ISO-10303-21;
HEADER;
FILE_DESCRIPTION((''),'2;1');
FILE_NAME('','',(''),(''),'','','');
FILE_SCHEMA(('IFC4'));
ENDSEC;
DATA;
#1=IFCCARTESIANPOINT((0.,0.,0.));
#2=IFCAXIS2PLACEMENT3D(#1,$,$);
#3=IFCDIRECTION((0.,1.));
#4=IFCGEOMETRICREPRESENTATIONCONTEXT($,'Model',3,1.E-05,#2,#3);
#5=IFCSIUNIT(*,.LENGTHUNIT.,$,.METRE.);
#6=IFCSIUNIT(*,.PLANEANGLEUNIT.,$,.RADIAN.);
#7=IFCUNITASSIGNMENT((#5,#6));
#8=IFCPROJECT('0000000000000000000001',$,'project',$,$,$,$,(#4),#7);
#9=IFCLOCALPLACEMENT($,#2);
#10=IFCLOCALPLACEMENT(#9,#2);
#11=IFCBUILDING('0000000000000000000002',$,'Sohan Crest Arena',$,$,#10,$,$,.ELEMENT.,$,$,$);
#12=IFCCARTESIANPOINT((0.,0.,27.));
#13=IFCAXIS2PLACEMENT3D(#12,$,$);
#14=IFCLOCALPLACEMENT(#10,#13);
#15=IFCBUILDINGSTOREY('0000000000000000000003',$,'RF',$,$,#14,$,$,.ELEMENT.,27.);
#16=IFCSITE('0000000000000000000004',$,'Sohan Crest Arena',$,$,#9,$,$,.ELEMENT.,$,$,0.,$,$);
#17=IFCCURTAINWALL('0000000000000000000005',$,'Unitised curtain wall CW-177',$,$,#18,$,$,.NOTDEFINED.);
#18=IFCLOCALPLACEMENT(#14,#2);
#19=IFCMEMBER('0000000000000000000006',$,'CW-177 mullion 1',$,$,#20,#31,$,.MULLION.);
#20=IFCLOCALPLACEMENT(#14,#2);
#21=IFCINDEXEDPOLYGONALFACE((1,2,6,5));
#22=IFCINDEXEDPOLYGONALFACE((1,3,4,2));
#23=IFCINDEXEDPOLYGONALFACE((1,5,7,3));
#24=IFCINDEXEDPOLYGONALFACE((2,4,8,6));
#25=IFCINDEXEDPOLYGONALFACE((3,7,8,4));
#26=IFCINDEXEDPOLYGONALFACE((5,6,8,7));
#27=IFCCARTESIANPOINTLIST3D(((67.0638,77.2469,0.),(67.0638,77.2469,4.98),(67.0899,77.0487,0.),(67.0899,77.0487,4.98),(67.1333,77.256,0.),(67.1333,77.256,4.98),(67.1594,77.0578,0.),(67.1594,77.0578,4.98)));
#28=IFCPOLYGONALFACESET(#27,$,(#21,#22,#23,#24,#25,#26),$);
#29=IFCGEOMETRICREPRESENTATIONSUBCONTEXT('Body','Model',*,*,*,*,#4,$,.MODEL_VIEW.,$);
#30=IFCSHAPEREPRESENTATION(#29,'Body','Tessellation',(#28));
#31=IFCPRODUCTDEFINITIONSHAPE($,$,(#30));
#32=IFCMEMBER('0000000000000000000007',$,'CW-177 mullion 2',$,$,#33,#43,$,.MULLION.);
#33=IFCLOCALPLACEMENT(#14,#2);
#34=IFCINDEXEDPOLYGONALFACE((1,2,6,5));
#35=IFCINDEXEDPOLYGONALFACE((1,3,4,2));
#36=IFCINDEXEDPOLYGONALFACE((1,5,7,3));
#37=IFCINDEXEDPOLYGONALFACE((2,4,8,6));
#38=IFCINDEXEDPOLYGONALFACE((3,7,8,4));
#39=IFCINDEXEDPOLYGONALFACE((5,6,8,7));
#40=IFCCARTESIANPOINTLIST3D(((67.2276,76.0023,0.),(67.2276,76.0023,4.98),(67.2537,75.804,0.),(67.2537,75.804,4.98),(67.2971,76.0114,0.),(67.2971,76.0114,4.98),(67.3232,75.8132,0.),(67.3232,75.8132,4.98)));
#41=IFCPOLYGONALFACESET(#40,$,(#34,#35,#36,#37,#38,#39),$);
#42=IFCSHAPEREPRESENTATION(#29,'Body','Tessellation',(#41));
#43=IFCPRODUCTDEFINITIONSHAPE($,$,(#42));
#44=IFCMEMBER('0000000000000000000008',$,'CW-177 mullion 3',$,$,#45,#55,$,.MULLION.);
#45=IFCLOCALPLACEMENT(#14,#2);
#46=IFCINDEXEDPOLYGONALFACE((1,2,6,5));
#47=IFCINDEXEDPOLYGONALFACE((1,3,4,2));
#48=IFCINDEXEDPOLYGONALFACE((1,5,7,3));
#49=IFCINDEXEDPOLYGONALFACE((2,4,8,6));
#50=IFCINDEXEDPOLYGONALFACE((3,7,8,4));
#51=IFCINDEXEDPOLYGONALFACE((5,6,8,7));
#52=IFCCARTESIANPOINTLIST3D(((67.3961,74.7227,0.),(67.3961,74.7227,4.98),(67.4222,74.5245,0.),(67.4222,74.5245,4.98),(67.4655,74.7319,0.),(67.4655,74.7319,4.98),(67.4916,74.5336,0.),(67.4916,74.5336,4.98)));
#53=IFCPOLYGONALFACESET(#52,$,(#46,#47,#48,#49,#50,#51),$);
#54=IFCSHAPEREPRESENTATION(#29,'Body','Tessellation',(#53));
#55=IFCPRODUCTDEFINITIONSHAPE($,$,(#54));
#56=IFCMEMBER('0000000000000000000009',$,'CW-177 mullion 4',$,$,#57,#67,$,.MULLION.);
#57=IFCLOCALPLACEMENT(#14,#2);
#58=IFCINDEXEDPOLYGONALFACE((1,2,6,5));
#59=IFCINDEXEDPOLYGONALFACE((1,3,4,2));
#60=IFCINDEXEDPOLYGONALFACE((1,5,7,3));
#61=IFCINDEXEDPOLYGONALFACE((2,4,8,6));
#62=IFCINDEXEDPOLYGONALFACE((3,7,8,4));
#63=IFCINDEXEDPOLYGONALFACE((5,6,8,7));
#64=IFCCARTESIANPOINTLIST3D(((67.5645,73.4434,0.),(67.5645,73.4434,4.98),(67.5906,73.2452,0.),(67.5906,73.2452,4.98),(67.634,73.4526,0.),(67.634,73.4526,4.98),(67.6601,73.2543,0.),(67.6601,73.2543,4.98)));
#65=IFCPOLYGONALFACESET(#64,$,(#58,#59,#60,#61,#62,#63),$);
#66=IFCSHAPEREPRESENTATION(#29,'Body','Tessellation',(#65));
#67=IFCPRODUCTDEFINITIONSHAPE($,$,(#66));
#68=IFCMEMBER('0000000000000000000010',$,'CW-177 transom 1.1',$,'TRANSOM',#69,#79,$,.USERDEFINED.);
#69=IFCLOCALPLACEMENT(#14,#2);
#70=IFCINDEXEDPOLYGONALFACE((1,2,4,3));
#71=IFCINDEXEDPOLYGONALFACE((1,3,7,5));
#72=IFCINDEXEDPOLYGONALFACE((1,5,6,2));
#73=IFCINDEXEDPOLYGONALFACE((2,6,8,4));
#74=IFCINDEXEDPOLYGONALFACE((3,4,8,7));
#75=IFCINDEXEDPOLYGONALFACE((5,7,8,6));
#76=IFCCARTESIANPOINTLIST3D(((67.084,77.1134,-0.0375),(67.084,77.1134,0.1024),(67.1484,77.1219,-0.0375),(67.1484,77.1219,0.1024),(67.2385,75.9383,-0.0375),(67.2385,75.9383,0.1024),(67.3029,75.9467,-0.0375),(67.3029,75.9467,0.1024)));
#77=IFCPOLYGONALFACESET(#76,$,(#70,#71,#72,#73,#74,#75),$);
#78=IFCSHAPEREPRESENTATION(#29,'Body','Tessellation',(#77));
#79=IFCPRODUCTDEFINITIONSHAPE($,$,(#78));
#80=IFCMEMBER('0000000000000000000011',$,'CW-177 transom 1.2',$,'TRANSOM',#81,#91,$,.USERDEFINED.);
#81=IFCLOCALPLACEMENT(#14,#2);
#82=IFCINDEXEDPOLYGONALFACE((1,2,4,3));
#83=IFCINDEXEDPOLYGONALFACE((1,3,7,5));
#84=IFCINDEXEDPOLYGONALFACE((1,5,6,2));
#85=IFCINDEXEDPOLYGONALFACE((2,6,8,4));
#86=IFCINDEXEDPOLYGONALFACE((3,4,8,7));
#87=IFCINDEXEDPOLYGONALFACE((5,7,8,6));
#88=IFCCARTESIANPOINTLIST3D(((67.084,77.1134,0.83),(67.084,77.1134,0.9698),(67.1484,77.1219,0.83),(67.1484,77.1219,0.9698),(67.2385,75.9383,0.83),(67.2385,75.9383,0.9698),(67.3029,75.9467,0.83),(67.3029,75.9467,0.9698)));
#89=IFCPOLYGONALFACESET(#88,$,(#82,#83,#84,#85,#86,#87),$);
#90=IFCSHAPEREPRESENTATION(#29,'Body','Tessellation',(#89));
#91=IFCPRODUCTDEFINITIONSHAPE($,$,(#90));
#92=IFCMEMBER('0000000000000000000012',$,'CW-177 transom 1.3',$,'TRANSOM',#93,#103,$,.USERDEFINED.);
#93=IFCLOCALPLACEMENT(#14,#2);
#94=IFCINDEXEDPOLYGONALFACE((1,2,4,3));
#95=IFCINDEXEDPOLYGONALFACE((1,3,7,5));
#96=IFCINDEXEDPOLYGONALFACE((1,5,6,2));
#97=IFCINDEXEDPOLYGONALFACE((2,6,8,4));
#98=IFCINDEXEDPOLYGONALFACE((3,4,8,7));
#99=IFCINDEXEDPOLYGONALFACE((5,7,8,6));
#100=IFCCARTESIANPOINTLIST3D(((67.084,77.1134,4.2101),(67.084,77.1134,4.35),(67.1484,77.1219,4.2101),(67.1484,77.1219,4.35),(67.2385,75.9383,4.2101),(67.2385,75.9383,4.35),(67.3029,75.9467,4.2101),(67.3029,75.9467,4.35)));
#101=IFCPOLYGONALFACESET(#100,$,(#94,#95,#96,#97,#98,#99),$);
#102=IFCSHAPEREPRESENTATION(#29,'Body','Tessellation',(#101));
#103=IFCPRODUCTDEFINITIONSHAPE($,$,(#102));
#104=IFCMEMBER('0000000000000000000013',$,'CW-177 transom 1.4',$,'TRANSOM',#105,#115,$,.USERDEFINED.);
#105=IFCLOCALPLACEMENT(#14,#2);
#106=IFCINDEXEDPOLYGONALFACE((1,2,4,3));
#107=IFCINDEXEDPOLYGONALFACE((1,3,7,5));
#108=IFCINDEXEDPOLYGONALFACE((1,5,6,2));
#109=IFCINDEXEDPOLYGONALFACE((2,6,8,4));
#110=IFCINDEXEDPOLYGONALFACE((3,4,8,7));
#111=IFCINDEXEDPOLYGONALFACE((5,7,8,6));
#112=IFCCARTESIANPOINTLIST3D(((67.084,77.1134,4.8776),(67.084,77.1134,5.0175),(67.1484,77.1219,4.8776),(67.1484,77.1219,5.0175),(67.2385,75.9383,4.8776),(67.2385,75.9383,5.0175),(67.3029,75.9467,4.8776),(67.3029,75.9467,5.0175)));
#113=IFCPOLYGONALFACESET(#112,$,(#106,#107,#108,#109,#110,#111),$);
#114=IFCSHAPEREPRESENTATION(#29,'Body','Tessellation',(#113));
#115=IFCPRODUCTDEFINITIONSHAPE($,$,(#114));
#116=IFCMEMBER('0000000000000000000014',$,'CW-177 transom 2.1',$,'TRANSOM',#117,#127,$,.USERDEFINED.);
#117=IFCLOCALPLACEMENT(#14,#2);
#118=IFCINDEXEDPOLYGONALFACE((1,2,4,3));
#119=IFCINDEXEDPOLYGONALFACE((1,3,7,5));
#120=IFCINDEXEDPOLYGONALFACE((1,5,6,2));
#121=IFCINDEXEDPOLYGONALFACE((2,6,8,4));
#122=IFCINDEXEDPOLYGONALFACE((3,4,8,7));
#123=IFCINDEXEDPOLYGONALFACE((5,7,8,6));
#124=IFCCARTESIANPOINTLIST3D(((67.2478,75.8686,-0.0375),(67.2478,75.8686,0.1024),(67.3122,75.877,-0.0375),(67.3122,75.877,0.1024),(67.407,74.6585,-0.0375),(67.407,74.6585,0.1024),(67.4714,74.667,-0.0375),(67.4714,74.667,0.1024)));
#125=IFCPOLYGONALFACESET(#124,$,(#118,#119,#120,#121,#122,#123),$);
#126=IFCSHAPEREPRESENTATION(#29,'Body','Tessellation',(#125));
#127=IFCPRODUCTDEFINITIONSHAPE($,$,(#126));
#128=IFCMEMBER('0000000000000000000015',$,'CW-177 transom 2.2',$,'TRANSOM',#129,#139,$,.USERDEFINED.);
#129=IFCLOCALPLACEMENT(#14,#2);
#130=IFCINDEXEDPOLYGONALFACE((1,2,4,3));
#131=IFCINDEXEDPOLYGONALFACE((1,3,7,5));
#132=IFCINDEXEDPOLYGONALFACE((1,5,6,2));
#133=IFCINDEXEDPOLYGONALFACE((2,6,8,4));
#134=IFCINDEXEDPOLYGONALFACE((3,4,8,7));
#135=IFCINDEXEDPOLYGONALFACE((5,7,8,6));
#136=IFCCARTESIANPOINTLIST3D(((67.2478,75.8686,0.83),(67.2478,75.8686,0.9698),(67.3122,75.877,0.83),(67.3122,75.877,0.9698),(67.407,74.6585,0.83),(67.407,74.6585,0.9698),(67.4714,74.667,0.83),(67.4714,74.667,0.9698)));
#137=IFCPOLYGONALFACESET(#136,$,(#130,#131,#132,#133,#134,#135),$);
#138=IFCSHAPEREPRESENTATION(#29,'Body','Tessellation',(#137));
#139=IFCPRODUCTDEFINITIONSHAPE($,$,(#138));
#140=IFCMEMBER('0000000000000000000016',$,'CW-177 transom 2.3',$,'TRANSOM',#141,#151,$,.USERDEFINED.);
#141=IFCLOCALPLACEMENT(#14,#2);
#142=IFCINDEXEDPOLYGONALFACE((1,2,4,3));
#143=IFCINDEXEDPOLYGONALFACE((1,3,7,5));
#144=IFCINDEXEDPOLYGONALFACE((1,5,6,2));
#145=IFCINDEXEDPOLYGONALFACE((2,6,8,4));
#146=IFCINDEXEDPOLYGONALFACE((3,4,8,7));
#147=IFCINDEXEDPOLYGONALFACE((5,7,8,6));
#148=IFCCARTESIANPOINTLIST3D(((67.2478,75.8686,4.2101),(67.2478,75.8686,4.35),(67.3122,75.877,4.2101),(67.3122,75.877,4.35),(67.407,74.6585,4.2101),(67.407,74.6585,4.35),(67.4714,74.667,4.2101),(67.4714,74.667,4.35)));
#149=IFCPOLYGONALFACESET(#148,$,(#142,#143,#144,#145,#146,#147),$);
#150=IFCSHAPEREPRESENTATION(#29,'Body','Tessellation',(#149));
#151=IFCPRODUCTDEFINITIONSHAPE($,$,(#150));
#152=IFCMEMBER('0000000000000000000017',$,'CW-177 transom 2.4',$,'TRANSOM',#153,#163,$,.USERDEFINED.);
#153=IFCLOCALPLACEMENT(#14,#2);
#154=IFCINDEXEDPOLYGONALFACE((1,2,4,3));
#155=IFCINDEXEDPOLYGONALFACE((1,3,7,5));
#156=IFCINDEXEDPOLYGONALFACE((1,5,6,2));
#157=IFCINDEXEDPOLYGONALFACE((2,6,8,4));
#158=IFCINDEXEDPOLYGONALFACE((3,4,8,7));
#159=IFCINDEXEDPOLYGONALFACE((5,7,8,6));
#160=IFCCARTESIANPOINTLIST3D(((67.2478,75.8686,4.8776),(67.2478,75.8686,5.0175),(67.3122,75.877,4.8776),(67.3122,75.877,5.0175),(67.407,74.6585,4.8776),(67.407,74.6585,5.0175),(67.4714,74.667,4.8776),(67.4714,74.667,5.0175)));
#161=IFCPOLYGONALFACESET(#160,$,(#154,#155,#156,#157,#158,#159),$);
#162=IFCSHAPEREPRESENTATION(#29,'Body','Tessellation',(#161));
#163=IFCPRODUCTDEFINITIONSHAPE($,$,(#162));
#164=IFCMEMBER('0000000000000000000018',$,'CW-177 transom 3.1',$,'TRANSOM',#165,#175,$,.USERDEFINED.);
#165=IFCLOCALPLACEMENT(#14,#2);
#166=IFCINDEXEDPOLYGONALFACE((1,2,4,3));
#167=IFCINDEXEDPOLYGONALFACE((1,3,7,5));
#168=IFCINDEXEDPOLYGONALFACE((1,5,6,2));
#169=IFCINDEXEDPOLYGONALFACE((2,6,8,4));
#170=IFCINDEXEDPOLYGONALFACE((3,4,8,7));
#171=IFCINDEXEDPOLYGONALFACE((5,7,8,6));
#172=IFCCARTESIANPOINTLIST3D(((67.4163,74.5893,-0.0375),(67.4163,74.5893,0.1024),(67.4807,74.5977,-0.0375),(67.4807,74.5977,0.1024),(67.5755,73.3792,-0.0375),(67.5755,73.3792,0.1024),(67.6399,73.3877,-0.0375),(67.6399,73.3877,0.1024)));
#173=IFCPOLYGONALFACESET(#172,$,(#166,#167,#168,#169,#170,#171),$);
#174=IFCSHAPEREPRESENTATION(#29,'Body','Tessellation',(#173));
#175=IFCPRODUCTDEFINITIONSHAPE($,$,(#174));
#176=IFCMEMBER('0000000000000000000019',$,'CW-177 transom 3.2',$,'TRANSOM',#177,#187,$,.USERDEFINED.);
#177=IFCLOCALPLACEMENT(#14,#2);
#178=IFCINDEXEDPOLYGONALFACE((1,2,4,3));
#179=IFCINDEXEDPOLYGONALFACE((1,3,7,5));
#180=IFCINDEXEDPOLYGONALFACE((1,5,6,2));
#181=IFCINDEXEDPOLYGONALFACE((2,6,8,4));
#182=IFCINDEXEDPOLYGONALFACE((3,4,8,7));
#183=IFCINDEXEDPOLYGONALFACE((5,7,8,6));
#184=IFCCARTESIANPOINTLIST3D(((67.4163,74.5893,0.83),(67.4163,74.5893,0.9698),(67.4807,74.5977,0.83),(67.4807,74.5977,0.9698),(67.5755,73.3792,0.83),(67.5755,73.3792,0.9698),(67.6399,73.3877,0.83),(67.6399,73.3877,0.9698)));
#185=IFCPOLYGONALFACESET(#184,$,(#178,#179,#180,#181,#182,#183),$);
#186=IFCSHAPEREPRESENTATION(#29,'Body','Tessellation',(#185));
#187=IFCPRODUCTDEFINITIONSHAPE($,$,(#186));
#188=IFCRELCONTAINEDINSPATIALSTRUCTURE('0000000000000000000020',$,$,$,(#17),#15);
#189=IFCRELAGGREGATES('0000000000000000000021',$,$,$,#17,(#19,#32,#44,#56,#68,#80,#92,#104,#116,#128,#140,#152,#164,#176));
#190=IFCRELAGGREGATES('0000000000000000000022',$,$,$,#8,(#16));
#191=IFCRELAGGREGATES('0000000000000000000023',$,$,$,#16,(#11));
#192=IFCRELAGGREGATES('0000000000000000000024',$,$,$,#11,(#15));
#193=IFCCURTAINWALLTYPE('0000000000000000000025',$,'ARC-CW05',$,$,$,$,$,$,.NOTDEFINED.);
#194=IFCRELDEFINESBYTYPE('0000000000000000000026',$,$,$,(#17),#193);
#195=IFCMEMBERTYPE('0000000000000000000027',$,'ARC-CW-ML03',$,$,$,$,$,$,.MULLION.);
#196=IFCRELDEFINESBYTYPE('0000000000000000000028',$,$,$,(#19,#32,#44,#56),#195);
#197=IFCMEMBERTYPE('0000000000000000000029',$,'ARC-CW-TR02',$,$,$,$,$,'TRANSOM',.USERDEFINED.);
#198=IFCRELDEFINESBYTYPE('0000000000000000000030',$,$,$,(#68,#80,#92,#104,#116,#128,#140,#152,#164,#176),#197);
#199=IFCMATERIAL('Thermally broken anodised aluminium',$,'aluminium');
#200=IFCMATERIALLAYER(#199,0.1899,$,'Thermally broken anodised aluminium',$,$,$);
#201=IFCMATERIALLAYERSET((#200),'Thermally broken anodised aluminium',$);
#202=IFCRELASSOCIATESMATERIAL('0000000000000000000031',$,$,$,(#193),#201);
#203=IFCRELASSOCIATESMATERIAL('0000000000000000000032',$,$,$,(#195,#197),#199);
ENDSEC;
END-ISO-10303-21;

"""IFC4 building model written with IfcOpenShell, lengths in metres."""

from ifc_helpers import new_model, si_unit, direction, frame, origin, origin_2d, place, context, subcontext, project, spatial, rectangle, extrude, material, layer, layer_set, material_profile, profile_set, type_object, element, aggregate, save


model = new_model("IFC4")

# Units and contexts
model_context = context("Model", 3, precision=1e-05, world=origin(), true_north=direction((0.0, 1.0)))
body_context = subcontext(model_context, "Body", "Model", "MODEL_VIEW")
ifc_project = project(units=[si_unit("LENGTHUNIT", "METRE"), si_unit("PLANEANGLEUNIT", "RADIAN")], contexts=[model_context])

# Site, building, storey
site_placement = place(None, origin())
site = spatial("IfcSite", under=ifc_project, at=site_placement, Name="Sohan Crest Arena", CompositionType="ELEMENT", RefElevation=0.0)
building_placement = place(site_placement, origin())
building = spatial("IfcBuilding", under=site, at=building_placement, Name="Sohan Crest Arena", CompositionType="ELEMENT")
storey_placement = place(building_placement, frame((0.0, 0.0, 27.0)))
storey = spatial("IfcBuildingStorey", under=building, at=storey_placement, Name="RF", CompositionType="ELEMENT", Elevation=27.0)

# Curtain wall, members
ifc_material_1 = material(Name="Thermally broken anodised aluminium", Category="aluminium")
ifc_layer_1 = layer(ifc_material_1, 0.1899, Name="Thermally broken anodised aluminium")
ifc_layer_set_1 = layer_set([ifc_layer_1], Name="Thermally broken anodised aluminium")
curtain_wall_type = type_object("IfcCurtainWallType", Name="ARC-CW05", PredefinedType="NOTDEFINED", material=ifc_layer_set_1)
curtain_wall_placement = place(storey_placement, origin())
curtain_wall = element("IfcCurtainWall", 1, at=curtain_wall_placement, inside=storey, type_object=curtain_wall_type, Name="Unitised curtain wall CW-177", PredefinedType="NOTDEFINED")
ifc_material_profile_1 = material_profile(ifc_material_1, rectangle(XDim=0.0701, YDim=0.2, at=origin_2d()), Name="ALU-MULL 70x200")
ifc_profile_set_1 = profile_set([ifc_material_profile_1], Name="Thermally broken anodised aluminium")
member_type_1 = type_object("IfcMemberType", Name="ARC-CW-ML03", PredefinedType="MULLION", material=ifc_profile_set_1)
member_1_placement = place(storey_placement, frame((67.1116, 77.1523, 0.0), z_axis=(0.0, 0.0, 1.0), x_axis=(0.991448, 0.130499, 0.0)))
member_1 = element("IfcMember", 2, at=member_1_placement, type_object=member_type_1, Name="CW-177 mullion 1", PredefinedType="MULLION", context=body_context, shape_type="SweptSolid", body=[
    extrude(rectangle(XDim=0.0701, YDim=0.2, at=origin_2d()), origin(), (0.0, 0.0, 1.0), 4.98),
])
member_2_placement = place(storey_placement, frame((67.2754, 75.9077, 0.0), z_axis=(0.0, 0.0, 1.0), x_axis=(0.991448, 0.130499, 0.0)))
member_2 = element("IfcMember", 3, at=member_2_placement, type_object=member_type_1, Name="CW-177 mullion 2", PredefinedType="MULLION", context=body_context, shape_type="SweptSolid", body=[
    extrude(rectangle(XDim=0.0701, YDim=0.2, at=origin_2d()), origin(), (0.0, 0.0, 1.0), 4.98),
])
member_3_placement = place(storey_placement, frame((67.4438, 74.6282, 0.0), z_axis=(0.0, 0.0, 1.0), x_axis=(0.991448, 0.130499, 0.0)))
member_3 = element("IfcMember", 4, at=member_3_placement, type_object=member_type_1, Name="CW-177 mullion 3", PredefinedType="MULLION", context=body_context, shape_type="SweptSolid", body=[
    extrude(rectangle(XDim=0.0701, YDim=0.2, at=origin_2d()), origin(), (0.0, 0.0, 1.0), 4.98),
])
member_4_placement = place(storey_placement, frame((67.6123, 73.3489, 0.0), z_axis=(0.0, 0.0, 1.0), x_axis=(0.991448, 0.130499, 0.0)))
member_4 = element("IfcMember", 5, at=member_4_placement, type_object=member_type_1, Name="CW-177 mullion 4", PredefinedType="MULLION", context=body_context, shape_type="SweptSolid", body=[
    extrude(rectangle(XDim=0.0701, YDim=0.2, at=origin_2d()), origin(), (0.0, 0.0, 1.0), 4.98),
])
ifc_material_profile_2 = material_profile(ifc_material_1, rectangle(XDim=0.0649, YDim=0.1399, at=origin_2d()), Name="ALU-TRAN 65x140")
ifc_profile_set_2 = profile_set([ifc_material_profile_2], Name="Thermally broken anodised aluminium")
member_type_2 = type_object("IfcMemberType", Name="ARC-CW-TR02", ElementType="TRANSOM", PredefinedType="USERDEFINED", material=ifc_profile_set_2)
member_5_placement = place(storey_placement, frame((67.1162, 77.1177, 0.0325), z_axis=(0.130369, -0.991466, 0.0), x_axis=(0.991466, 0.130369, 0.0)))
member_5 = element("IfcMember", 6, at=member_5_placement, type_object=member_type_2, Name="CW-177 transom 1.1", ObjectType="TRANSOM", PredefinedType="USERDEFINED", context=body_context, shape_type="SweptSolid", body=[
    extrude(rectangle(XDim=0.0649, YDim=0.1399, at=origin_2d()), origin(), (0.0, 0.0, 1.0), 1.1853),
])
member_6_placement = place(storey_placement, frame((67.1162, 77.1177, 0.8999), z_axis=(0.130369, -0.991466, 0.0), x_axis=(0.991466, 0.130369, 0.0)))
member_6 = element("IfcMember", 7, at=member_6_placement, type_object=member_type_2, Name="CW-177 transom 1.2", ObjectType="TRANSOM", PredefinedType="USERDEFINED", context=body_context, shape_type="SweptSolid", body=[
    extrude(rectangle(XDim=0.0649, YDim=0.1399, at=origin_2d()), origin(), (0.0, 0.0, 1.0), 1.1853),
])
member_7_placement = place(storey_placement, frame((67.1162, 77.1177, 4.28), z_axis=(0.130369, -0.991466, 0.0), x_axis=(0.991466, 0.130369, 0.0)))
member_7 = element("IfcMember", 8, at=member_7_placement, type_object=member_type_2, Name="CW-177 transom 1.3", ObjectType="TRANSOM", PredefinedType="USERDEFINED", context=body_context, shape_type="SweptSolid", body=[
    extrude(rectangle(XDim=0.0649, YDim=0.1399, at=origin_2d()), origin(), (0.0, 0.0, 1.0), 1.1853),
])
member_8_placement = place(storey_placement, frame((67.1162, 77.1177, 4.9475), z_axis=(0.130369, -0.991466, 0.0), x_axis=(0.991466, 0.130369, 0.0)))
member_8 = element("IfcMember", 9, at=member_8_placement, type_object=member_type_2, Name="CW-177 transom 1.4", ObjectType="TRANSOM", PredefinedType="USERDEFINED", context=body_context, shape_type="SweptSolid", body=[
    extrude(rectangle(XDim=0.0649, YDim=0.1399, at=origin_2d()), origin(), (0.0, 0.0, 1.0), 1.1853),
])
member_9_placement = place(storey_placement, frame((67.28, 75.8728, 0.0325), z_axis=(0.130434, -0.991457, 0.0), x_axis=(0.991457, 0.130434, 0.0)))
member_9 = element("IfcMember", 10, at=member_9_placement, type_object=member_type_2, Name="CW-177 transom 2.1", ObjectType="TRANSOM", PredefinedType="USERDEFINED", context=body_context, shape_type="SweptSolid", body=[
    extrude(rectangle(XDim=0.0649, YDim=0.1399, at=origin_2d()), origin(), (0.0, 0.0, 1.0), 1.2205),
])
member_10_placement = place(storey_placement, frame((67.28, 75.8728, 0.8999), z_axis=(0.130434, -0.991457, 0.0), x_axis=(0.991457, 0.130434, 0.0)))
member_10 = element("IfcMember", 11, at=member_10_placement, type_object=member_type_2, Name="CW-177 transom 2.2", ObjectType="TRANSOM", PredefinedType="USERDEFINED", context=body_context, shape_type="SweptSolid", body=[
    extrude(rectangle(XDim=0.0649, YDim=0.1399, at=origin_2d()), origin(), (0.0, 0.0, 1.0), 1.2205),
])
member_11_placement = place(storey_placement, frame((67.28, 75.8728, 4.28), z_axis=(0.130434, -0.991457, 0.0), x_axis=(0.991457, 0.130434, 0.0)))
member_11 = element("IfcMember", 12, at=member_11_placement, type_object=member_type_2, Name="CW-177 transom 2.3", ObjectType="TRANSOM", PredefinedType="USERDEFINED", context=body_context, shape_type="SweptSolid", body=[
    extrude(rectangle(XDim=0.0649, YDim=0.1399, at=origin_2d()), origin(), (0.0, 0.0, 1.0), 1.2205),
])
member_12_placement = place(storey_placement, frame((67.28, 75.8728, 4.9475), z_axis=(0.130434, -0.991457, 0.0), x_axis=(0.991457, 0.130434, 0.0)))
member_12 = element("IfcMember", 13, at=member_12_placement, type_object=member_type_2, Name="CW-177 transom 2.4", ObjectType="TRANSOM", PredefinedType="USERDEFINED", context=body_context, shape_type="SweptSolid", body=[
    extrude(rectangle(XDim=0.0649, YDim=0.1399, at=origin_2d()), origin(), (0.0, 0.0, 1.0), 1.2205),
])
member_13_placement = place(storey_placement, frame((67.4485, 74.5935, 0.0325), z_axis=(0.130434, -0.991457, 0.0), x_axis=(0.991457, 0.130434, 0.0)))
member_13 = element("IfcMember", 14, at=member_13_placement, type_object=member_type_2, Name="CW-177 transom 3.1", ObjectType="TRANSOM", PredefinedType="USERDEFINED", context=body_context, shape_type="SweptSolid", body=[
    extrude(rectangle(XDim=0.0649, YDim=0.1399, at=origin_2d()), origin(), (0.0, 0.0, 1.0), 1.2205),
])
member_14_placement = place(storey_placement, frame((67.4485, 74.5935, 0.8999), z_axis=(0.130434, -0.991457, 0.0), x_axis=(0.991457, 0.130434, 0.0)))
member_14 = element("IfcMember", 15, at=member_14_placement, type_object=member_type_2, Name="CW-177 transom 3.2", ObjectType="TRANSOM", PredefinedType="USERDEFINED", context=body_context, shape_type="SweptSolid", body=[
    extrude(rectangle(XDim=0.0649, YDim=0.1399, at=origin_2d()), origin(), (0.0, 0.0, 1.0), 1.2205),
])
aggregate(curtain_wall, [member_1, member_2, member_3, member_4, member_5, member_6, member_7, member_8, member_9, member_10, member_11, member_12, member_13, member_14])

save(model, "model.ifc")
